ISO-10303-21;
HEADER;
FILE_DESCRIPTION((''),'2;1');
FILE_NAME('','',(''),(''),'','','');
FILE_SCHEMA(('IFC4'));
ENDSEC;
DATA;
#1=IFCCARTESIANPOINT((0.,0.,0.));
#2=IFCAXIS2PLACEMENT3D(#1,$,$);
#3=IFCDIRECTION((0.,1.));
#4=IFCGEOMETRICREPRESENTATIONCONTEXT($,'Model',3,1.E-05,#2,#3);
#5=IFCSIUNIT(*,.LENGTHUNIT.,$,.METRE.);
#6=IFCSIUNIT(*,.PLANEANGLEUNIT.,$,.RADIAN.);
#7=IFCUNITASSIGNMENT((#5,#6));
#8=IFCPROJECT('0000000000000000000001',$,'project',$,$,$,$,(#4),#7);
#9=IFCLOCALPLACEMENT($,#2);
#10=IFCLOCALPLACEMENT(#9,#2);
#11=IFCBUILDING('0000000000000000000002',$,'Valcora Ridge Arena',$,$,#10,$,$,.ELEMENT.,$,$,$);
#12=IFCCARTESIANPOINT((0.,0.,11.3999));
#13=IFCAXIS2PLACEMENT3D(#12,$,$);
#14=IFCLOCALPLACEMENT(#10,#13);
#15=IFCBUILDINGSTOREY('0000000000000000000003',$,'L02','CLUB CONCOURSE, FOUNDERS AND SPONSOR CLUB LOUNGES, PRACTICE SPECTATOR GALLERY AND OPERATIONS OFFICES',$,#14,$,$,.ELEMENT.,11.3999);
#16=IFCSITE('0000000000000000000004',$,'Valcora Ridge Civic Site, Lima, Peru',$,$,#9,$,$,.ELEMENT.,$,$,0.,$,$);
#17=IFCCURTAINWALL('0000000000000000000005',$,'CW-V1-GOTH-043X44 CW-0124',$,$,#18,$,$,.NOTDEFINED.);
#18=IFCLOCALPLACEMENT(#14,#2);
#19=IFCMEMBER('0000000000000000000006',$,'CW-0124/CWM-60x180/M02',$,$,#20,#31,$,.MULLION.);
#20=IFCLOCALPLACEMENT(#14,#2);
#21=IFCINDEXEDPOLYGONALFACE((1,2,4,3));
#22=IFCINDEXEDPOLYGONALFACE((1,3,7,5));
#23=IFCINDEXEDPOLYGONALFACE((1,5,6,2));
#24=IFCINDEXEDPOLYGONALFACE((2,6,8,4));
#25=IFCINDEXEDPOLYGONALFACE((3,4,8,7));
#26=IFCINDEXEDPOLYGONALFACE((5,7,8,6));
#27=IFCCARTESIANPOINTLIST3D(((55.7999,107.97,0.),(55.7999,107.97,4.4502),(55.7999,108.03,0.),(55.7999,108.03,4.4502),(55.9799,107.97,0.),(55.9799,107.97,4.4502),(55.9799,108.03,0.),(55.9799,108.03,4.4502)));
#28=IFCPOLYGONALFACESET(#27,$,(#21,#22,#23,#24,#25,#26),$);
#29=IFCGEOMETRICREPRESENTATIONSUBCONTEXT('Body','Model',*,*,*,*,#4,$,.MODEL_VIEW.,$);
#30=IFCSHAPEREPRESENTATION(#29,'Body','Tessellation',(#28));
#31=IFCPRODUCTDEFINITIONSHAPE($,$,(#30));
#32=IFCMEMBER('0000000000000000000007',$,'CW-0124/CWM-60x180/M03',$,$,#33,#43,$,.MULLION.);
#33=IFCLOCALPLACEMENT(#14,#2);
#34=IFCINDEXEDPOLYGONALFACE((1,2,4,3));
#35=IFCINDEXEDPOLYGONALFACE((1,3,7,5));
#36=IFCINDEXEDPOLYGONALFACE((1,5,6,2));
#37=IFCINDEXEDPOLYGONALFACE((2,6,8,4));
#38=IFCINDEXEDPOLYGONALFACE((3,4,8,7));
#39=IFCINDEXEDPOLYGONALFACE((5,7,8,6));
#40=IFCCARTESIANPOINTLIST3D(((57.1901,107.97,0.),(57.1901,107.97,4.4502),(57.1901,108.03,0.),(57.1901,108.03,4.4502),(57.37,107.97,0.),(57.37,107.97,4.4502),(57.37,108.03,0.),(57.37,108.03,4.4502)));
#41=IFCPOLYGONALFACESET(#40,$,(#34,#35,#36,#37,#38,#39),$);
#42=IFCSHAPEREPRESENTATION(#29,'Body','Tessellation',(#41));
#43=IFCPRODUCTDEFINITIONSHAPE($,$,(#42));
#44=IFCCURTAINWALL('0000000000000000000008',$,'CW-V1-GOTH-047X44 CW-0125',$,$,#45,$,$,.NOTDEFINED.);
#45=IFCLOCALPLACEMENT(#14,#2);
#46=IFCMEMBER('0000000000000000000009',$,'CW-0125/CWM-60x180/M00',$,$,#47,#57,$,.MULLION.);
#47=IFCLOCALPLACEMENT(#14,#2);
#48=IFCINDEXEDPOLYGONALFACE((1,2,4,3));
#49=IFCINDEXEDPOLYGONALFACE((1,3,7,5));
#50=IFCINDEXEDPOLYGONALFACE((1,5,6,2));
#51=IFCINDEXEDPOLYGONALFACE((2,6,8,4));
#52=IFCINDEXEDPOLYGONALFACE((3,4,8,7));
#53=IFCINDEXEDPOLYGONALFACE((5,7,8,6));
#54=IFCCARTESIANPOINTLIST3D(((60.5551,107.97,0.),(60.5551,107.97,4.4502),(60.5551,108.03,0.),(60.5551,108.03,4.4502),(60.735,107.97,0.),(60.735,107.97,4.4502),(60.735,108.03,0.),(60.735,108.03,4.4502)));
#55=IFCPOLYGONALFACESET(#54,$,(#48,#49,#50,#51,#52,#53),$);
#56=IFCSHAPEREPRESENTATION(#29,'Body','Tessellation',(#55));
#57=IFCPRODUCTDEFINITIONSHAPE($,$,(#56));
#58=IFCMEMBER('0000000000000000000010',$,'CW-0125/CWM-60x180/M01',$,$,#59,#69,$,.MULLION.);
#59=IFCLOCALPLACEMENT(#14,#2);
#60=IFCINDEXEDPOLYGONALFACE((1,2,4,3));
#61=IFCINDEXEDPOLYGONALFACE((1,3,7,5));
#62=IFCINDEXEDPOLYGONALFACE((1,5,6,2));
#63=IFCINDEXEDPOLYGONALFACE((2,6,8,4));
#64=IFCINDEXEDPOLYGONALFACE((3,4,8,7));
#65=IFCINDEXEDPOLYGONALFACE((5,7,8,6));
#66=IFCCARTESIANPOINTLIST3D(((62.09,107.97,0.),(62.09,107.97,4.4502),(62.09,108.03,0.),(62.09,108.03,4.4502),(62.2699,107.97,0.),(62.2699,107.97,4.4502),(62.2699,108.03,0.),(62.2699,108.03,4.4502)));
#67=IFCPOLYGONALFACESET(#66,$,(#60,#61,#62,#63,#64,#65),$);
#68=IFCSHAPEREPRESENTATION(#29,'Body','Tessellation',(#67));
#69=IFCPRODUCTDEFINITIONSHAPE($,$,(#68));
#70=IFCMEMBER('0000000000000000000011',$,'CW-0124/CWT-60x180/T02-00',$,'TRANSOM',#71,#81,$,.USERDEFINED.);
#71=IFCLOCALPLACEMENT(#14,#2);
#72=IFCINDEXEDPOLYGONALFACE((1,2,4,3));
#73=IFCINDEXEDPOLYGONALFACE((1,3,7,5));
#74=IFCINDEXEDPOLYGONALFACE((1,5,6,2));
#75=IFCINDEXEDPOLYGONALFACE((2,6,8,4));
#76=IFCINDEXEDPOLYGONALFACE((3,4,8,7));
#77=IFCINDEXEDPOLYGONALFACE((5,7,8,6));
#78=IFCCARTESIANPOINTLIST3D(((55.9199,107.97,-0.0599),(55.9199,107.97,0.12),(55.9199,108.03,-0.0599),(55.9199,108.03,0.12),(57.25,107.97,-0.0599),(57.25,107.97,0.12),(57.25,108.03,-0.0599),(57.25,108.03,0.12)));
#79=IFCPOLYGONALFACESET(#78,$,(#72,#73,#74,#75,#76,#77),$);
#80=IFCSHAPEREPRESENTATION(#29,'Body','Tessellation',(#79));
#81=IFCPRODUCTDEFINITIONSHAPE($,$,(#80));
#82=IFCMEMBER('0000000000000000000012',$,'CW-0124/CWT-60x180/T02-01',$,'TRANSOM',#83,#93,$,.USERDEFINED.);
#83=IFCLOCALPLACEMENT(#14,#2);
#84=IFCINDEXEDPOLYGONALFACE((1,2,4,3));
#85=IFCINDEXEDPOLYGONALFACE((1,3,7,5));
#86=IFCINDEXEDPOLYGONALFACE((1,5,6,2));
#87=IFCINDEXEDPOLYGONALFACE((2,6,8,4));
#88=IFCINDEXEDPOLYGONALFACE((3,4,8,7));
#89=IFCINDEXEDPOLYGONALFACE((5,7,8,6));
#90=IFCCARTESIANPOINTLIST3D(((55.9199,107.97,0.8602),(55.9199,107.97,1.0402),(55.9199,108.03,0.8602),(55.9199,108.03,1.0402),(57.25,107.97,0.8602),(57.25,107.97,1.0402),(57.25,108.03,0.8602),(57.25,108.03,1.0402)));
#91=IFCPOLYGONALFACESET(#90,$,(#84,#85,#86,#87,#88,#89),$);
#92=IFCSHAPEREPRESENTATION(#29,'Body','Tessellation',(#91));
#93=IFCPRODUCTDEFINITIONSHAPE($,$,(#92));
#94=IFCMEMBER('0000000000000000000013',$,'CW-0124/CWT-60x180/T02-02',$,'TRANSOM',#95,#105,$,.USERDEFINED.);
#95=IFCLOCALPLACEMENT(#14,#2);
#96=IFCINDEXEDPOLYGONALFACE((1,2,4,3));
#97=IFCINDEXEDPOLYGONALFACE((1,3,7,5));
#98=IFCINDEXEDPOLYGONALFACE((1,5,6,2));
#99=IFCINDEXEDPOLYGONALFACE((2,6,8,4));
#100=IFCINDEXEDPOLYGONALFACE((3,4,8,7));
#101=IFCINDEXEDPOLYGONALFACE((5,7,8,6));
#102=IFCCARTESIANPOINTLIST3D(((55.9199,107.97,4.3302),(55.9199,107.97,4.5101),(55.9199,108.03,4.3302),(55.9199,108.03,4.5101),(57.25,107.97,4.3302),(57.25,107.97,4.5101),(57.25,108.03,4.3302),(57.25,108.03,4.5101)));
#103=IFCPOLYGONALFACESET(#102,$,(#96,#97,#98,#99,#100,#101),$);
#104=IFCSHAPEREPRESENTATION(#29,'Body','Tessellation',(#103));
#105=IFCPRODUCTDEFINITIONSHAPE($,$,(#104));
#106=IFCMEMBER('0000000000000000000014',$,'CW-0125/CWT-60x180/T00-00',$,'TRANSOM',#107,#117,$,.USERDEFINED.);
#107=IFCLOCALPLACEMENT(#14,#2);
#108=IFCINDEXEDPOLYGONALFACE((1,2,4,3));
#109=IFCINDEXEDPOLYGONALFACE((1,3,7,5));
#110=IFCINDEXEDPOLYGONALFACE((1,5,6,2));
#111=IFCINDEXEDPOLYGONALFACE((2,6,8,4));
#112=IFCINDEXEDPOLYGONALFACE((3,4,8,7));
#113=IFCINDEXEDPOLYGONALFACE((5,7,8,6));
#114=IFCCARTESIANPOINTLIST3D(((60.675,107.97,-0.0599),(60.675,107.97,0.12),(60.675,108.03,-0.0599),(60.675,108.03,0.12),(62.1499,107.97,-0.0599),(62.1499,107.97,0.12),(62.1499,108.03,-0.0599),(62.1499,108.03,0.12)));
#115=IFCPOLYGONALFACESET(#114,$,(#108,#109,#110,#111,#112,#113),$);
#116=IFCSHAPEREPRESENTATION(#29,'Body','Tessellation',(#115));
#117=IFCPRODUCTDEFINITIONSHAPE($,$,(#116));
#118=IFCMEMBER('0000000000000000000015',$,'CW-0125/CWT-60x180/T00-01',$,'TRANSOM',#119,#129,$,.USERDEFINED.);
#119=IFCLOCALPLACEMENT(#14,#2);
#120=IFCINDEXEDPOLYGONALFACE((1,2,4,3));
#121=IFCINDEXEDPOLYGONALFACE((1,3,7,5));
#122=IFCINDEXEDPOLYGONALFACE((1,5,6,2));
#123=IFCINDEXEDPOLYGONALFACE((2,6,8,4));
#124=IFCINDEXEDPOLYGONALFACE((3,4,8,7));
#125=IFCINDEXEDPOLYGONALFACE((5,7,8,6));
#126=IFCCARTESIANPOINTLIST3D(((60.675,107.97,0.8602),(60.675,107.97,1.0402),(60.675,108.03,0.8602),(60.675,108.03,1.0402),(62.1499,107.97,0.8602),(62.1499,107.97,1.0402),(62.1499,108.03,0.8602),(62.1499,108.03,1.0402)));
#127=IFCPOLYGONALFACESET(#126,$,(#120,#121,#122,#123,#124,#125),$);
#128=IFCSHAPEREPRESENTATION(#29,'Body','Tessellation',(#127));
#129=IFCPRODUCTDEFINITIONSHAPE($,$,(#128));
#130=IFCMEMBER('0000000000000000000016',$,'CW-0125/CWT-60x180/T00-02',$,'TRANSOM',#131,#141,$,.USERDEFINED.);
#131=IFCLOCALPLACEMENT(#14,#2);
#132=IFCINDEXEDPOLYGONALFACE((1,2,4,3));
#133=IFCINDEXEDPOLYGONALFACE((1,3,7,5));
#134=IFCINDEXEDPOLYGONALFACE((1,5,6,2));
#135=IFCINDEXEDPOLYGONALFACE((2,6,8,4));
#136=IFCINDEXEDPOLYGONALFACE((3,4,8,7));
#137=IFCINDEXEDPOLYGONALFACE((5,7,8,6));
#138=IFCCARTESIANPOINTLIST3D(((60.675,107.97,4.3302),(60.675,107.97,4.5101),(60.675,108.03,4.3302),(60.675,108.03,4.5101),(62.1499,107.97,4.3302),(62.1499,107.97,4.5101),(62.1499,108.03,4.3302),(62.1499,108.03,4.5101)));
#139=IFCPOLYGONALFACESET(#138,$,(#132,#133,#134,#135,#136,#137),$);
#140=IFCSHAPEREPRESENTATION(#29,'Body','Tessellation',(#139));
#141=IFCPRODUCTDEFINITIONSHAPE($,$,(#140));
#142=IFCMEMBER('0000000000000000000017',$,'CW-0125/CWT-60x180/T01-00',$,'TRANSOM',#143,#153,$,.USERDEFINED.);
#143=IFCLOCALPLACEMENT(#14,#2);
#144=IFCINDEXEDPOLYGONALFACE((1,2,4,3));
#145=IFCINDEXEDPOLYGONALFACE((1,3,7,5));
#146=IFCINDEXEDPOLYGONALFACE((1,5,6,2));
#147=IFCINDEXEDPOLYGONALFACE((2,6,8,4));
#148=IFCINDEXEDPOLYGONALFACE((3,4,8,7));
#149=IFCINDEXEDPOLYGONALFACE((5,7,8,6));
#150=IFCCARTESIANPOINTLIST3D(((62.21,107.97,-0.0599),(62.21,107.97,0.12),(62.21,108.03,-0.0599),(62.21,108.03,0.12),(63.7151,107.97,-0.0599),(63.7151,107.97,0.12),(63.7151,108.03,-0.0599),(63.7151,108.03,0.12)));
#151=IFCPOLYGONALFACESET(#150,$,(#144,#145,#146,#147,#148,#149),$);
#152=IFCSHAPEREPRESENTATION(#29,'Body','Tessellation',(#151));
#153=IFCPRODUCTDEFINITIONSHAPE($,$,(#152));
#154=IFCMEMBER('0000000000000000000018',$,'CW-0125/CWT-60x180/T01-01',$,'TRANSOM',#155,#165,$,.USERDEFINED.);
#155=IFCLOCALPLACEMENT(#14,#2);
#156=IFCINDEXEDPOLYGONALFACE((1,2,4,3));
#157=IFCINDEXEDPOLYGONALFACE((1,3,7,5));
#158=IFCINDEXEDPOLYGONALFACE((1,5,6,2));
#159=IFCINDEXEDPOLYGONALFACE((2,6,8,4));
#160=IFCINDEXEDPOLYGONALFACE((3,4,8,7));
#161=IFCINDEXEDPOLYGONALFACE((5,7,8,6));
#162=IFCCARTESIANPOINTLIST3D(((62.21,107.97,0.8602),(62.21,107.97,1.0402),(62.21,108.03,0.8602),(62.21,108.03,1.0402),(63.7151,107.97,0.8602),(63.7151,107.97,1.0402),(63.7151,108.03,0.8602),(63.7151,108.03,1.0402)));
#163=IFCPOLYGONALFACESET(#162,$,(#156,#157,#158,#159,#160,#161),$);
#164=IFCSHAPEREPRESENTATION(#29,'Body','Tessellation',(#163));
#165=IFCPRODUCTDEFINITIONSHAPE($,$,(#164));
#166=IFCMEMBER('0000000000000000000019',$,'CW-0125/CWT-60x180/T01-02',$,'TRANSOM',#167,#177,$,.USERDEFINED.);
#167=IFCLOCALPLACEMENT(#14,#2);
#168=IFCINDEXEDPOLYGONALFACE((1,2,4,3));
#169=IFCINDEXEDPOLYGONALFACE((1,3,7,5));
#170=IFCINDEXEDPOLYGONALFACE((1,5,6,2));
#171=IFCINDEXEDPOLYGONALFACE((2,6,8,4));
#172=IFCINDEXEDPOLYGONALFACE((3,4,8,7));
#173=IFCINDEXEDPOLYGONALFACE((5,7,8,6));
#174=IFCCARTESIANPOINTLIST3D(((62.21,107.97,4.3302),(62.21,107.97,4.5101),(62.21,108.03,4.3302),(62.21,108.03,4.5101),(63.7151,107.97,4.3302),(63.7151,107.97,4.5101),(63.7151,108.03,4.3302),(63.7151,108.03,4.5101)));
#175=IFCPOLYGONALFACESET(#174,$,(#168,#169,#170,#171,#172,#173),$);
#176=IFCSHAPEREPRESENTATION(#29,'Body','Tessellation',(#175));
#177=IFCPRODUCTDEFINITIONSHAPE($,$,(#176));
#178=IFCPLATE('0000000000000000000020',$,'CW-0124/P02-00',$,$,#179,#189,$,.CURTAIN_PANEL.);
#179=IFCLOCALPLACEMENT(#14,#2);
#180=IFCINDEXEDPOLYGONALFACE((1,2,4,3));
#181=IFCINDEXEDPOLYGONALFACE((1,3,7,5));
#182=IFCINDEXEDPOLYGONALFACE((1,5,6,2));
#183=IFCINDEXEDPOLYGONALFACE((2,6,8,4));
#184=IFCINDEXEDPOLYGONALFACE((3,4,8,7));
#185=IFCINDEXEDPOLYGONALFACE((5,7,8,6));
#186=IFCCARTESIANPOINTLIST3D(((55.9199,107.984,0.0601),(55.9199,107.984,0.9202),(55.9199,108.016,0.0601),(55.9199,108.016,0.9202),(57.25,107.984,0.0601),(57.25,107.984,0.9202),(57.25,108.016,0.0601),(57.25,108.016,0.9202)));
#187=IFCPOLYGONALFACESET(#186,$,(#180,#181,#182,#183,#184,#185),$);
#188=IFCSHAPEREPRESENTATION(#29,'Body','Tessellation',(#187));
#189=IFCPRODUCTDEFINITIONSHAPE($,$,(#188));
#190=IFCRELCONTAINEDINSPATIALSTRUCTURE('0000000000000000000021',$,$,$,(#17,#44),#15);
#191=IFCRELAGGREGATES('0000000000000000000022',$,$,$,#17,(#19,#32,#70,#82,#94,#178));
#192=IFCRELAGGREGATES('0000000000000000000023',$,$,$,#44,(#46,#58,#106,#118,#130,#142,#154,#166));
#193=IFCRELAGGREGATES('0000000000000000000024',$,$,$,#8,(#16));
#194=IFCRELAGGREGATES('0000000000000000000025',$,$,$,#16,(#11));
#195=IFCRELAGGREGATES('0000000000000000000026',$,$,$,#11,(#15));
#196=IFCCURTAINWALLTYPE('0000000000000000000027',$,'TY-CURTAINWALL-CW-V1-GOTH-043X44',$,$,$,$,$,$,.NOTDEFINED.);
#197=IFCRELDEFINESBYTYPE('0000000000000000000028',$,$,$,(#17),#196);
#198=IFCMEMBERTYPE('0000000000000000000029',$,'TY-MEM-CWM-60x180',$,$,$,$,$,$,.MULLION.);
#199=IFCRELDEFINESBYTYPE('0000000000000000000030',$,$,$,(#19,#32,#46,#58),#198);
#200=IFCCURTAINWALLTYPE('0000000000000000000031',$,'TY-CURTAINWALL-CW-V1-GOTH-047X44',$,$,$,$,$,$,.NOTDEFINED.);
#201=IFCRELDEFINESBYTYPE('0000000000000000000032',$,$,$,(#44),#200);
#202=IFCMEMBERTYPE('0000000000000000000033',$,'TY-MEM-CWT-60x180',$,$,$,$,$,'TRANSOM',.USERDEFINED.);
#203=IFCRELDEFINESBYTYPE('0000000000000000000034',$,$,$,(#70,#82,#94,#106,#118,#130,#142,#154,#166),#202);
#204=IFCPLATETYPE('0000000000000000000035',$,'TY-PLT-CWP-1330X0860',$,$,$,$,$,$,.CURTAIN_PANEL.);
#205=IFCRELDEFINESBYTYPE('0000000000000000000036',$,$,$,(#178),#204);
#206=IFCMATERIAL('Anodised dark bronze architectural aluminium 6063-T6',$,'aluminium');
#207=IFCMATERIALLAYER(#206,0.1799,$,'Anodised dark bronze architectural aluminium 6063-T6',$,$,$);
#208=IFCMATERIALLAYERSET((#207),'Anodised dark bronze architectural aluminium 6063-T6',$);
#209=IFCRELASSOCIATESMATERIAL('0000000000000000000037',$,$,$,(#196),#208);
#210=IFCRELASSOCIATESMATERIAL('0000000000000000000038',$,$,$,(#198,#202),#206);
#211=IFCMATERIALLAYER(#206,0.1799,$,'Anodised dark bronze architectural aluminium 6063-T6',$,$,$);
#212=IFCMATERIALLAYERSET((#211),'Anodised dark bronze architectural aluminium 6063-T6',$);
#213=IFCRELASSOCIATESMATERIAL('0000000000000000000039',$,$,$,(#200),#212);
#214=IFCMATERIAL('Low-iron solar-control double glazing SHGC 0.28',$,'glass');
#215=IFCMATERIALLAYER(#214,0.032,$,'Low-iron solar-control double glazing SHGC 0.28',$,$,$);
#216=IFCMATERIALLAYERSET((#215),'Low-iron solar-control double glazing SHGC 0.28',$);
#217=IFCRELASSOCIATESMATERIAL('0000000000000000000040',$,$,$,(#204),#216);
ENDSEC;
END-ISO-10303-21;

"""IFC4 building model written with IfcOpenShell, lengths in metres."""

from ifc_helpers import new_model, si_unit, direction, frame, origin, origin_2d, place, context, subcontext, project, spatial, rectangle, extrude, material, layer, layer_set, material_profile, profile_set, type_object, element, aggregate, save


model = new_model("IFC4")

# Units and contexts
model_context = context("Model", 3, precision=1e-05, world=origin(), true_north=direction((0.0, 1.0)))
body_context = subcontext(model_context, "Body", "Model", "MODEL_VIEW")
ifc_project = project(units=[si_unit("LENGTHUNIT", "METRE"), si_unit("PLANEANGLEUNIT", "RADIAN")], contexts=[model_context])

# Site, building, storey
site_placement = place(None, origin())
site = spatial("IfcSite", under=ifc_project, at=site_placement, Name="Valcora Ridge Civic Site, Lima, Peru", CompositionType="ELEMENT", RefElevation=0.0)
building_placement = place(site_placement, origin())
building = spatial("IfcBuilding", under=site, at=building_placement, Name="Valcora Ridge Arena", CompositionType="ELEMENT")
storey_placement = place(building_placement, frame((0.0, 0.0, 11.3999)))
storey = spatial("IfcBuildingStorey", under=building, at=storey_placement, Name="L02", Description="CLUB CONCOURSE, FOUNDERS AND SPONSOR CLUB LOUNGES, PRACTICE SPECTATOR GALLERY AND OPERATIONS OFFICES", CompositionType="ELEMENT", Elevation=11.3999)

# Curtain walls, members
ifc_material_1 = material(Name="Anodised dark bronze architectural aluminium 6063-T6", Category="aluminium")
ifc_layer_1 = layer(ifc_material_1, 0.1799, Name="Anodised dark bronze architectural aluminium 6063-T6")
ifc_layer_set_1 = layer_set([ifc_layer_1], Name="Anodised dark bronze architectural aluminium 6063-T6")
curtain_wall_type_1 = type_object("IfcCurtainWallType", Name="TY-CURTAINWALL-CW-V1-GOTH-043X44", PredefinedType="NOTDEFINED", material=ifc_layer_set_1)
curtain_wall_1_placement = place(storey_placement, origin())
curtain_wall_1 = element("IfcCurtainWall", 1, at=curtain_wall_1_placement, inside=storey, type_object=curtain_wall_type_1, Name="CW-V1-GOTH-043X44 CW-0124", PredefinedType="NOTDEFINED")
ifc_material_profile_1 = material_profile(ifc_material_1, rectangle(XDim=0.0601, YDim=0.1799, at=origin_2d()), Name="ALU MULLION 60x180")
ifc_profile_set_1 = profile_set([ifc_material_profile_1], Name="Anodised dark bronze architectural aluminium 6063-T6")
member_type_1 = type_object("IfcMemberType", Name="TY-MEM-CWM-60x180", PredefinedType="MULLION", material=ifc_profile_set_1)
member_1_placement = place(storey_placement, frame((55.8899, 108.0, 0.0), z_axis=(0.0, 0.0, 1.0), x_axis=(0.0, 1.0, 0.0)))
member_1 = element("IfcMember", 2, at=member_1_placement, type_object=member_type_1, Name="CW-0124/CWM-60x180/M02", PredefinedType="MULLION", context=body_context, shape_type="SweptSolid", body=[
    extrude(rectangle(XDim=0.0601, YDim=0.1799, at=origin_2d()), origin(), (0.0, 0.0, 1.0), 4.4502),
])
member_2_placement = place(storey_placement, frame((57.28, 108.0, 0.0), z_axis=(0.0, 0.0, 1.0), x_axis=(0.0, 1.0, 0.0)))
member_2 = element("IfcMember", 3, at=member_2_placement, type_object=member_type_1, Name="CW-0124/CWM-60x180/M03", PredefinedType="MULLION", context=body_context, shape_type="SweptSolid", body=[
    extrude(rectangle(XDim=0.0601, YDim=0.1799, at=origin_2d()), origin(), (0.0, 0.0, 1.0), 4.4502),
])
ifc_layer_2 = layer(ifc_material_1, 0.1799, Name="Anodised dark bronze architectural aluminium 6063-T6")
ifc_layer_set_2 = layer_set([ifc_layer_2], Name="Anodised dark bronze architectural aluminium 6063-T6")
curtain_wall_type_2 = type_object("IfcCurtainWallType", Name="TY-CURTAINWALL-CW-V1-GOTH-047X44", PredefinedType="NOTDEFINED", material=ifc_layer_set_2)
curtain_wall_2_placement = place(storey_placement, origin())
curtain_wall_2 = element("IfcCurtainWall", 4, at=curtain_wall_2_placement, inside=storey, type_object=curtain_wall_type_2, Name="CW-V1-GOTH-047X44 CW-0125", PredefinedType="NOTDEFINED")
member_3_placement = place(storey_placement, frame((60.645, 108.0, 0.0), z_axis=(0.0, 0.0, 1.0), x_axis=(0.0, 1.0, 0.0)))
member_3 = element("IfcMember", 5, at=member_3_placement, type_object=member_type_1, Name="CW-0125/CWM-60x180/M00", PredefinedType="MULLION", context=body_context, shape_type="SweptSolid", body=[
    extrude(rectangle(XDim=0.0601, YDim=0.1799, at=origin_2d()), origin(), (0.0, 0.0, 1.0), 4.4502),
])
member_4_placement = place(storey_placement, frame((62.1799, 108.0, 0.0), z_axis=(0.0, 0.0, 1.0), x_axis=(0.0, 1.0, 0.0)))
member_4 = element("IfcMember", 6, at=member_4_placement, type_object=member_type_1, Name="CW-0125/CWM-60x180/M01", PredefinedType="MULLION", context=body_context, shape_type="SweptSolid", body=[
    extrude(rectangle(XDim=0.0601, YDim=0.1799, at=origin_2d()), origin(), (0.0, 0.0, 1.0), 4.4502),
])

# Members
ifc_material_profile_2 = material_profile(ifc_material_1, rectangle(XDim=0.0601, YDim=0.1799, at=origin_2d()), Name="ALU TRANSOM 60x180")
ifc_profile_set_2 = profile_set([ifc_material_profile_2], Name="Anodised dark bronze architectural aluminium 6063-T6")
member_type_2 = type_object("IfcMemberType", Name="TY-MEM-CWT-60x180", ElementType="TRANSOM", PredefinedType="USERDEFINED", material=ifc_profile_set_2)
member_5_placement = place(storey_placement, frame((55.9199, 108.0, 0.03), z_axis=(1.0, 0.0, 0.0), x_axis=(0.0, 1.0, 0.0)))
member_5 = element("IfcMember", 7, at=member_5_placement, type_object=member_type_2, Name="CW-0124/CWT-60x180/T02-00", ObjectType="TRANSOM", PredefinedType="USERDEFINED", context=body_context, shape_type="SweptSolid", body=[
    extrude(rectangle(XDim=0.0601, YDim=0.1799, at=origin_2d()), origin(), (0.0, 0.0, 1.0), 1.3301),
])
member_6_placement = place(storey_placement, frame((55.9199, 108.0, 0.9502), z_axis=(1.0, 0.0, 0.0), x_axis=(0.0, 1.0, 0.0)))
member_6 = element("IfcMember", 8, at=member_6_placement, type_object=member_type_2, Name="CW-0124/CWT-60x180/T02-01", ObjectType="TRANSOM", PredefinedType="USERDEFINED", context=body_context, shape_type="SweptSolid", body=[
    extrude(rectangle(XDim=0.0601, YDim=0.1799, at=origin_2d()), origin(), (0.0, 0.0, 1.0), 1.3301),
])
member_7_placement = place(storey_placement, frame((55.9199, 108.0, 4.4202), z_axis=(1.0, 0.0, 0.0), x_axis=(0.0, 1.0, 0.0)))
member_7 = element("IfcMember", 9, at=member_7_placement, type_object=member_type_2, Name="CW-0124/CWT-60x180/T02-02", ObjectType="TRANSOM", PredefinedType="USERDEFINED", context=body_context, shape_type="SweptSolid", body=[
    extrude(rectangle(XDim=0.0601, YDim=0.1799, at=origin_2d()), origin(), (0.0, 0.0, 1.0), 1.3301),
])
member_8_placement = place(storey_placement, frame((60.675, 108.0, 0.03), z_axis=(1.0, 0.0, 0.0), x_axis=(0.0, 1.0, 0.0)))
member_8 = element("IfcMember", 10, at=member_8_placement, type_object=member_type_2, Name="CW-0125/CWT-60x180/T00-00", ObjectType="TRANSOM", PredefinedType="USERDEFINED", context=body_context, shape_type="SweptSolid", body=[
    extrude(rectangle(XDim=0.0601, YDim=0.1799, at=origin_2d()), origin(), (0.0, 0.0, 1.0), 1.4749),
])
member_9_placement = place(storey_placement, frame((60.675, 108.0, 0.9502), z_axis=(1.0, 0.0, 0.0), x_axis=(0.0, 1.0, 0.0)))
member_9 = element("IfcMember", 11, at=member_9_placement, type_object=member_type_2, Name="CW-0125/CWT-60x180/T00-01", ObjectType="TRANSOM", PredefinedType="USERDEFINED", context=body_context, shape_type="SweptSolid", body=[
    extrude(rectangle(XDim=0.0601, YDim=0.1799, at=origin_2d()), origin(), (0.0, 0.0, 1.0), 1.4749),
])
member_10_placement = place(storey_placement, frame((60.675, 108.0, 4.4202), z_axis=(1.0, 0.0, 0.0), x_axis=(0.0, 1.0, 0.0)))
member_10 = element("IfcMember", 12, at=member_10_placement, type_object=member_type_2, Name="CW-0125/CWT-60x180/T00-02", ObjectType="TRANSOM", PredefinedType="USERDEFINED", context=body_context, shape_type="SweptSolid", body=[
    extrude(rectangle(XDim=0.0601, YDim=0.1799, at=origin_2d()), origin(), (0.0, 0.0, 1.0), 1.4749),
])
member_11_placement = place(storey_placement, frame((62.21, 108.0, 0.03), z_axis=(1.0, 0.0, 0.0), x_axis=(0.0, 1.0, 0.0)))
member_11 = element("IfcMember", 13, at=member_11_placement, type_object=member_type_2, Name="CW-0125/CWT-60x180/T01-00", ObjectType="TRANSOM", PredefinedType="USERDEFINED", context=body_context, shape_type="SweptSolid", body=[
    extrude(rectangle(XDim=0.0601, YDim=0.1799, at=origin_2d()), origin(), (0.0, 0.0, 1.0), 1.5051),
])
member_12_placement = place(storey_placement, frame((62.21, 108.0, 0.9502), z_axis=(1.0, 0.0, 0.0), x_axis=(0.0, 1.0, 0.0)))
member_12 = element("IfcMember", 14, at=member_12_placement, type_object=member_type_2, Name="CW-0125/CWT-60x180/T01-01", ObjectType="TRANSOM", PredefinedType="USERDEFINED", context=body_context, shape_type="SweptSolid", body=[
    extrude(rectangle(XDim=0.0601, YDim=0.1799, at=origin_2d()), origin(), (0.0, 0.0, 1.0), 1.5051),
])
member_13_placement = place(storey_placement, frame((62.21, 108.0, 4.4202), z_axis=(1.0, 0.0, 0.0), x_axis=(0.0, 1.0, 0.0)))
member_13 = element("IfcMember", 15, at=member_13_placement, type_object=member_type_2, Name="CW-0125/CWT-60x180/T01-02", ObjectType="TRANSOM", PredefinedType="USERDEFINED", context=body_context, shape_type="SweptSolid", body=[
    extrude(rectangle(XDim=0.0601, YDim=0.1799, at=origin_2d()), origin(), (0.0, 0.0, 1.0), 1.5051),
])

# Plate
ifc_material_2 = material(Name="Low-iron solar-control double glazing SHGC 0.28", Category="glass")
ifc_layer_3 = layer(ifc_material_2, 0.032, Name="Low-iron solar-control double glazing SHGC 0.28")
ifc_layer_set_3 = layer_set([ifc_layer_3], Name="Low-iron solar-control double glazing SHGC 0.28")
plate_type_1 = type_object("IfcPlateType", Name="TY-PLT-CWP-1330X0860", PredefinedType="CURTAIN_PANEL", material=ifc_layer_set_3)
plate_1_placement = place(storey_placement, frame((56.585, 108.0, 0.0601), z_axis=(0.0, 0.0, 1.0), x_axis=(1.0, 0.0, 0.0)))
plate_1 = element("IfcPlate", 16, at=plate_1_placement, type_object=plate_type_1, Name="CW-0124/P02-00", PredefinedType="CURTAIN_PANEL", context=body_context, shape_type="SweptSolid", body=[
    extrude(rectangle(XDim=1.3301, YDim=0.032, at=origin_2d()), origin(), (0.0, 0.0, 1.0), 0.8601),
])
aggregate(curtain_wall_1, [member_1, member_2, member_5, member_6, member_7, plate_1])
aggregate(curtain_wall_2, [member_3, member_4, member_8, member_9, member_10, member_11, member_12, member_13])

save(model, "model.ifc")
